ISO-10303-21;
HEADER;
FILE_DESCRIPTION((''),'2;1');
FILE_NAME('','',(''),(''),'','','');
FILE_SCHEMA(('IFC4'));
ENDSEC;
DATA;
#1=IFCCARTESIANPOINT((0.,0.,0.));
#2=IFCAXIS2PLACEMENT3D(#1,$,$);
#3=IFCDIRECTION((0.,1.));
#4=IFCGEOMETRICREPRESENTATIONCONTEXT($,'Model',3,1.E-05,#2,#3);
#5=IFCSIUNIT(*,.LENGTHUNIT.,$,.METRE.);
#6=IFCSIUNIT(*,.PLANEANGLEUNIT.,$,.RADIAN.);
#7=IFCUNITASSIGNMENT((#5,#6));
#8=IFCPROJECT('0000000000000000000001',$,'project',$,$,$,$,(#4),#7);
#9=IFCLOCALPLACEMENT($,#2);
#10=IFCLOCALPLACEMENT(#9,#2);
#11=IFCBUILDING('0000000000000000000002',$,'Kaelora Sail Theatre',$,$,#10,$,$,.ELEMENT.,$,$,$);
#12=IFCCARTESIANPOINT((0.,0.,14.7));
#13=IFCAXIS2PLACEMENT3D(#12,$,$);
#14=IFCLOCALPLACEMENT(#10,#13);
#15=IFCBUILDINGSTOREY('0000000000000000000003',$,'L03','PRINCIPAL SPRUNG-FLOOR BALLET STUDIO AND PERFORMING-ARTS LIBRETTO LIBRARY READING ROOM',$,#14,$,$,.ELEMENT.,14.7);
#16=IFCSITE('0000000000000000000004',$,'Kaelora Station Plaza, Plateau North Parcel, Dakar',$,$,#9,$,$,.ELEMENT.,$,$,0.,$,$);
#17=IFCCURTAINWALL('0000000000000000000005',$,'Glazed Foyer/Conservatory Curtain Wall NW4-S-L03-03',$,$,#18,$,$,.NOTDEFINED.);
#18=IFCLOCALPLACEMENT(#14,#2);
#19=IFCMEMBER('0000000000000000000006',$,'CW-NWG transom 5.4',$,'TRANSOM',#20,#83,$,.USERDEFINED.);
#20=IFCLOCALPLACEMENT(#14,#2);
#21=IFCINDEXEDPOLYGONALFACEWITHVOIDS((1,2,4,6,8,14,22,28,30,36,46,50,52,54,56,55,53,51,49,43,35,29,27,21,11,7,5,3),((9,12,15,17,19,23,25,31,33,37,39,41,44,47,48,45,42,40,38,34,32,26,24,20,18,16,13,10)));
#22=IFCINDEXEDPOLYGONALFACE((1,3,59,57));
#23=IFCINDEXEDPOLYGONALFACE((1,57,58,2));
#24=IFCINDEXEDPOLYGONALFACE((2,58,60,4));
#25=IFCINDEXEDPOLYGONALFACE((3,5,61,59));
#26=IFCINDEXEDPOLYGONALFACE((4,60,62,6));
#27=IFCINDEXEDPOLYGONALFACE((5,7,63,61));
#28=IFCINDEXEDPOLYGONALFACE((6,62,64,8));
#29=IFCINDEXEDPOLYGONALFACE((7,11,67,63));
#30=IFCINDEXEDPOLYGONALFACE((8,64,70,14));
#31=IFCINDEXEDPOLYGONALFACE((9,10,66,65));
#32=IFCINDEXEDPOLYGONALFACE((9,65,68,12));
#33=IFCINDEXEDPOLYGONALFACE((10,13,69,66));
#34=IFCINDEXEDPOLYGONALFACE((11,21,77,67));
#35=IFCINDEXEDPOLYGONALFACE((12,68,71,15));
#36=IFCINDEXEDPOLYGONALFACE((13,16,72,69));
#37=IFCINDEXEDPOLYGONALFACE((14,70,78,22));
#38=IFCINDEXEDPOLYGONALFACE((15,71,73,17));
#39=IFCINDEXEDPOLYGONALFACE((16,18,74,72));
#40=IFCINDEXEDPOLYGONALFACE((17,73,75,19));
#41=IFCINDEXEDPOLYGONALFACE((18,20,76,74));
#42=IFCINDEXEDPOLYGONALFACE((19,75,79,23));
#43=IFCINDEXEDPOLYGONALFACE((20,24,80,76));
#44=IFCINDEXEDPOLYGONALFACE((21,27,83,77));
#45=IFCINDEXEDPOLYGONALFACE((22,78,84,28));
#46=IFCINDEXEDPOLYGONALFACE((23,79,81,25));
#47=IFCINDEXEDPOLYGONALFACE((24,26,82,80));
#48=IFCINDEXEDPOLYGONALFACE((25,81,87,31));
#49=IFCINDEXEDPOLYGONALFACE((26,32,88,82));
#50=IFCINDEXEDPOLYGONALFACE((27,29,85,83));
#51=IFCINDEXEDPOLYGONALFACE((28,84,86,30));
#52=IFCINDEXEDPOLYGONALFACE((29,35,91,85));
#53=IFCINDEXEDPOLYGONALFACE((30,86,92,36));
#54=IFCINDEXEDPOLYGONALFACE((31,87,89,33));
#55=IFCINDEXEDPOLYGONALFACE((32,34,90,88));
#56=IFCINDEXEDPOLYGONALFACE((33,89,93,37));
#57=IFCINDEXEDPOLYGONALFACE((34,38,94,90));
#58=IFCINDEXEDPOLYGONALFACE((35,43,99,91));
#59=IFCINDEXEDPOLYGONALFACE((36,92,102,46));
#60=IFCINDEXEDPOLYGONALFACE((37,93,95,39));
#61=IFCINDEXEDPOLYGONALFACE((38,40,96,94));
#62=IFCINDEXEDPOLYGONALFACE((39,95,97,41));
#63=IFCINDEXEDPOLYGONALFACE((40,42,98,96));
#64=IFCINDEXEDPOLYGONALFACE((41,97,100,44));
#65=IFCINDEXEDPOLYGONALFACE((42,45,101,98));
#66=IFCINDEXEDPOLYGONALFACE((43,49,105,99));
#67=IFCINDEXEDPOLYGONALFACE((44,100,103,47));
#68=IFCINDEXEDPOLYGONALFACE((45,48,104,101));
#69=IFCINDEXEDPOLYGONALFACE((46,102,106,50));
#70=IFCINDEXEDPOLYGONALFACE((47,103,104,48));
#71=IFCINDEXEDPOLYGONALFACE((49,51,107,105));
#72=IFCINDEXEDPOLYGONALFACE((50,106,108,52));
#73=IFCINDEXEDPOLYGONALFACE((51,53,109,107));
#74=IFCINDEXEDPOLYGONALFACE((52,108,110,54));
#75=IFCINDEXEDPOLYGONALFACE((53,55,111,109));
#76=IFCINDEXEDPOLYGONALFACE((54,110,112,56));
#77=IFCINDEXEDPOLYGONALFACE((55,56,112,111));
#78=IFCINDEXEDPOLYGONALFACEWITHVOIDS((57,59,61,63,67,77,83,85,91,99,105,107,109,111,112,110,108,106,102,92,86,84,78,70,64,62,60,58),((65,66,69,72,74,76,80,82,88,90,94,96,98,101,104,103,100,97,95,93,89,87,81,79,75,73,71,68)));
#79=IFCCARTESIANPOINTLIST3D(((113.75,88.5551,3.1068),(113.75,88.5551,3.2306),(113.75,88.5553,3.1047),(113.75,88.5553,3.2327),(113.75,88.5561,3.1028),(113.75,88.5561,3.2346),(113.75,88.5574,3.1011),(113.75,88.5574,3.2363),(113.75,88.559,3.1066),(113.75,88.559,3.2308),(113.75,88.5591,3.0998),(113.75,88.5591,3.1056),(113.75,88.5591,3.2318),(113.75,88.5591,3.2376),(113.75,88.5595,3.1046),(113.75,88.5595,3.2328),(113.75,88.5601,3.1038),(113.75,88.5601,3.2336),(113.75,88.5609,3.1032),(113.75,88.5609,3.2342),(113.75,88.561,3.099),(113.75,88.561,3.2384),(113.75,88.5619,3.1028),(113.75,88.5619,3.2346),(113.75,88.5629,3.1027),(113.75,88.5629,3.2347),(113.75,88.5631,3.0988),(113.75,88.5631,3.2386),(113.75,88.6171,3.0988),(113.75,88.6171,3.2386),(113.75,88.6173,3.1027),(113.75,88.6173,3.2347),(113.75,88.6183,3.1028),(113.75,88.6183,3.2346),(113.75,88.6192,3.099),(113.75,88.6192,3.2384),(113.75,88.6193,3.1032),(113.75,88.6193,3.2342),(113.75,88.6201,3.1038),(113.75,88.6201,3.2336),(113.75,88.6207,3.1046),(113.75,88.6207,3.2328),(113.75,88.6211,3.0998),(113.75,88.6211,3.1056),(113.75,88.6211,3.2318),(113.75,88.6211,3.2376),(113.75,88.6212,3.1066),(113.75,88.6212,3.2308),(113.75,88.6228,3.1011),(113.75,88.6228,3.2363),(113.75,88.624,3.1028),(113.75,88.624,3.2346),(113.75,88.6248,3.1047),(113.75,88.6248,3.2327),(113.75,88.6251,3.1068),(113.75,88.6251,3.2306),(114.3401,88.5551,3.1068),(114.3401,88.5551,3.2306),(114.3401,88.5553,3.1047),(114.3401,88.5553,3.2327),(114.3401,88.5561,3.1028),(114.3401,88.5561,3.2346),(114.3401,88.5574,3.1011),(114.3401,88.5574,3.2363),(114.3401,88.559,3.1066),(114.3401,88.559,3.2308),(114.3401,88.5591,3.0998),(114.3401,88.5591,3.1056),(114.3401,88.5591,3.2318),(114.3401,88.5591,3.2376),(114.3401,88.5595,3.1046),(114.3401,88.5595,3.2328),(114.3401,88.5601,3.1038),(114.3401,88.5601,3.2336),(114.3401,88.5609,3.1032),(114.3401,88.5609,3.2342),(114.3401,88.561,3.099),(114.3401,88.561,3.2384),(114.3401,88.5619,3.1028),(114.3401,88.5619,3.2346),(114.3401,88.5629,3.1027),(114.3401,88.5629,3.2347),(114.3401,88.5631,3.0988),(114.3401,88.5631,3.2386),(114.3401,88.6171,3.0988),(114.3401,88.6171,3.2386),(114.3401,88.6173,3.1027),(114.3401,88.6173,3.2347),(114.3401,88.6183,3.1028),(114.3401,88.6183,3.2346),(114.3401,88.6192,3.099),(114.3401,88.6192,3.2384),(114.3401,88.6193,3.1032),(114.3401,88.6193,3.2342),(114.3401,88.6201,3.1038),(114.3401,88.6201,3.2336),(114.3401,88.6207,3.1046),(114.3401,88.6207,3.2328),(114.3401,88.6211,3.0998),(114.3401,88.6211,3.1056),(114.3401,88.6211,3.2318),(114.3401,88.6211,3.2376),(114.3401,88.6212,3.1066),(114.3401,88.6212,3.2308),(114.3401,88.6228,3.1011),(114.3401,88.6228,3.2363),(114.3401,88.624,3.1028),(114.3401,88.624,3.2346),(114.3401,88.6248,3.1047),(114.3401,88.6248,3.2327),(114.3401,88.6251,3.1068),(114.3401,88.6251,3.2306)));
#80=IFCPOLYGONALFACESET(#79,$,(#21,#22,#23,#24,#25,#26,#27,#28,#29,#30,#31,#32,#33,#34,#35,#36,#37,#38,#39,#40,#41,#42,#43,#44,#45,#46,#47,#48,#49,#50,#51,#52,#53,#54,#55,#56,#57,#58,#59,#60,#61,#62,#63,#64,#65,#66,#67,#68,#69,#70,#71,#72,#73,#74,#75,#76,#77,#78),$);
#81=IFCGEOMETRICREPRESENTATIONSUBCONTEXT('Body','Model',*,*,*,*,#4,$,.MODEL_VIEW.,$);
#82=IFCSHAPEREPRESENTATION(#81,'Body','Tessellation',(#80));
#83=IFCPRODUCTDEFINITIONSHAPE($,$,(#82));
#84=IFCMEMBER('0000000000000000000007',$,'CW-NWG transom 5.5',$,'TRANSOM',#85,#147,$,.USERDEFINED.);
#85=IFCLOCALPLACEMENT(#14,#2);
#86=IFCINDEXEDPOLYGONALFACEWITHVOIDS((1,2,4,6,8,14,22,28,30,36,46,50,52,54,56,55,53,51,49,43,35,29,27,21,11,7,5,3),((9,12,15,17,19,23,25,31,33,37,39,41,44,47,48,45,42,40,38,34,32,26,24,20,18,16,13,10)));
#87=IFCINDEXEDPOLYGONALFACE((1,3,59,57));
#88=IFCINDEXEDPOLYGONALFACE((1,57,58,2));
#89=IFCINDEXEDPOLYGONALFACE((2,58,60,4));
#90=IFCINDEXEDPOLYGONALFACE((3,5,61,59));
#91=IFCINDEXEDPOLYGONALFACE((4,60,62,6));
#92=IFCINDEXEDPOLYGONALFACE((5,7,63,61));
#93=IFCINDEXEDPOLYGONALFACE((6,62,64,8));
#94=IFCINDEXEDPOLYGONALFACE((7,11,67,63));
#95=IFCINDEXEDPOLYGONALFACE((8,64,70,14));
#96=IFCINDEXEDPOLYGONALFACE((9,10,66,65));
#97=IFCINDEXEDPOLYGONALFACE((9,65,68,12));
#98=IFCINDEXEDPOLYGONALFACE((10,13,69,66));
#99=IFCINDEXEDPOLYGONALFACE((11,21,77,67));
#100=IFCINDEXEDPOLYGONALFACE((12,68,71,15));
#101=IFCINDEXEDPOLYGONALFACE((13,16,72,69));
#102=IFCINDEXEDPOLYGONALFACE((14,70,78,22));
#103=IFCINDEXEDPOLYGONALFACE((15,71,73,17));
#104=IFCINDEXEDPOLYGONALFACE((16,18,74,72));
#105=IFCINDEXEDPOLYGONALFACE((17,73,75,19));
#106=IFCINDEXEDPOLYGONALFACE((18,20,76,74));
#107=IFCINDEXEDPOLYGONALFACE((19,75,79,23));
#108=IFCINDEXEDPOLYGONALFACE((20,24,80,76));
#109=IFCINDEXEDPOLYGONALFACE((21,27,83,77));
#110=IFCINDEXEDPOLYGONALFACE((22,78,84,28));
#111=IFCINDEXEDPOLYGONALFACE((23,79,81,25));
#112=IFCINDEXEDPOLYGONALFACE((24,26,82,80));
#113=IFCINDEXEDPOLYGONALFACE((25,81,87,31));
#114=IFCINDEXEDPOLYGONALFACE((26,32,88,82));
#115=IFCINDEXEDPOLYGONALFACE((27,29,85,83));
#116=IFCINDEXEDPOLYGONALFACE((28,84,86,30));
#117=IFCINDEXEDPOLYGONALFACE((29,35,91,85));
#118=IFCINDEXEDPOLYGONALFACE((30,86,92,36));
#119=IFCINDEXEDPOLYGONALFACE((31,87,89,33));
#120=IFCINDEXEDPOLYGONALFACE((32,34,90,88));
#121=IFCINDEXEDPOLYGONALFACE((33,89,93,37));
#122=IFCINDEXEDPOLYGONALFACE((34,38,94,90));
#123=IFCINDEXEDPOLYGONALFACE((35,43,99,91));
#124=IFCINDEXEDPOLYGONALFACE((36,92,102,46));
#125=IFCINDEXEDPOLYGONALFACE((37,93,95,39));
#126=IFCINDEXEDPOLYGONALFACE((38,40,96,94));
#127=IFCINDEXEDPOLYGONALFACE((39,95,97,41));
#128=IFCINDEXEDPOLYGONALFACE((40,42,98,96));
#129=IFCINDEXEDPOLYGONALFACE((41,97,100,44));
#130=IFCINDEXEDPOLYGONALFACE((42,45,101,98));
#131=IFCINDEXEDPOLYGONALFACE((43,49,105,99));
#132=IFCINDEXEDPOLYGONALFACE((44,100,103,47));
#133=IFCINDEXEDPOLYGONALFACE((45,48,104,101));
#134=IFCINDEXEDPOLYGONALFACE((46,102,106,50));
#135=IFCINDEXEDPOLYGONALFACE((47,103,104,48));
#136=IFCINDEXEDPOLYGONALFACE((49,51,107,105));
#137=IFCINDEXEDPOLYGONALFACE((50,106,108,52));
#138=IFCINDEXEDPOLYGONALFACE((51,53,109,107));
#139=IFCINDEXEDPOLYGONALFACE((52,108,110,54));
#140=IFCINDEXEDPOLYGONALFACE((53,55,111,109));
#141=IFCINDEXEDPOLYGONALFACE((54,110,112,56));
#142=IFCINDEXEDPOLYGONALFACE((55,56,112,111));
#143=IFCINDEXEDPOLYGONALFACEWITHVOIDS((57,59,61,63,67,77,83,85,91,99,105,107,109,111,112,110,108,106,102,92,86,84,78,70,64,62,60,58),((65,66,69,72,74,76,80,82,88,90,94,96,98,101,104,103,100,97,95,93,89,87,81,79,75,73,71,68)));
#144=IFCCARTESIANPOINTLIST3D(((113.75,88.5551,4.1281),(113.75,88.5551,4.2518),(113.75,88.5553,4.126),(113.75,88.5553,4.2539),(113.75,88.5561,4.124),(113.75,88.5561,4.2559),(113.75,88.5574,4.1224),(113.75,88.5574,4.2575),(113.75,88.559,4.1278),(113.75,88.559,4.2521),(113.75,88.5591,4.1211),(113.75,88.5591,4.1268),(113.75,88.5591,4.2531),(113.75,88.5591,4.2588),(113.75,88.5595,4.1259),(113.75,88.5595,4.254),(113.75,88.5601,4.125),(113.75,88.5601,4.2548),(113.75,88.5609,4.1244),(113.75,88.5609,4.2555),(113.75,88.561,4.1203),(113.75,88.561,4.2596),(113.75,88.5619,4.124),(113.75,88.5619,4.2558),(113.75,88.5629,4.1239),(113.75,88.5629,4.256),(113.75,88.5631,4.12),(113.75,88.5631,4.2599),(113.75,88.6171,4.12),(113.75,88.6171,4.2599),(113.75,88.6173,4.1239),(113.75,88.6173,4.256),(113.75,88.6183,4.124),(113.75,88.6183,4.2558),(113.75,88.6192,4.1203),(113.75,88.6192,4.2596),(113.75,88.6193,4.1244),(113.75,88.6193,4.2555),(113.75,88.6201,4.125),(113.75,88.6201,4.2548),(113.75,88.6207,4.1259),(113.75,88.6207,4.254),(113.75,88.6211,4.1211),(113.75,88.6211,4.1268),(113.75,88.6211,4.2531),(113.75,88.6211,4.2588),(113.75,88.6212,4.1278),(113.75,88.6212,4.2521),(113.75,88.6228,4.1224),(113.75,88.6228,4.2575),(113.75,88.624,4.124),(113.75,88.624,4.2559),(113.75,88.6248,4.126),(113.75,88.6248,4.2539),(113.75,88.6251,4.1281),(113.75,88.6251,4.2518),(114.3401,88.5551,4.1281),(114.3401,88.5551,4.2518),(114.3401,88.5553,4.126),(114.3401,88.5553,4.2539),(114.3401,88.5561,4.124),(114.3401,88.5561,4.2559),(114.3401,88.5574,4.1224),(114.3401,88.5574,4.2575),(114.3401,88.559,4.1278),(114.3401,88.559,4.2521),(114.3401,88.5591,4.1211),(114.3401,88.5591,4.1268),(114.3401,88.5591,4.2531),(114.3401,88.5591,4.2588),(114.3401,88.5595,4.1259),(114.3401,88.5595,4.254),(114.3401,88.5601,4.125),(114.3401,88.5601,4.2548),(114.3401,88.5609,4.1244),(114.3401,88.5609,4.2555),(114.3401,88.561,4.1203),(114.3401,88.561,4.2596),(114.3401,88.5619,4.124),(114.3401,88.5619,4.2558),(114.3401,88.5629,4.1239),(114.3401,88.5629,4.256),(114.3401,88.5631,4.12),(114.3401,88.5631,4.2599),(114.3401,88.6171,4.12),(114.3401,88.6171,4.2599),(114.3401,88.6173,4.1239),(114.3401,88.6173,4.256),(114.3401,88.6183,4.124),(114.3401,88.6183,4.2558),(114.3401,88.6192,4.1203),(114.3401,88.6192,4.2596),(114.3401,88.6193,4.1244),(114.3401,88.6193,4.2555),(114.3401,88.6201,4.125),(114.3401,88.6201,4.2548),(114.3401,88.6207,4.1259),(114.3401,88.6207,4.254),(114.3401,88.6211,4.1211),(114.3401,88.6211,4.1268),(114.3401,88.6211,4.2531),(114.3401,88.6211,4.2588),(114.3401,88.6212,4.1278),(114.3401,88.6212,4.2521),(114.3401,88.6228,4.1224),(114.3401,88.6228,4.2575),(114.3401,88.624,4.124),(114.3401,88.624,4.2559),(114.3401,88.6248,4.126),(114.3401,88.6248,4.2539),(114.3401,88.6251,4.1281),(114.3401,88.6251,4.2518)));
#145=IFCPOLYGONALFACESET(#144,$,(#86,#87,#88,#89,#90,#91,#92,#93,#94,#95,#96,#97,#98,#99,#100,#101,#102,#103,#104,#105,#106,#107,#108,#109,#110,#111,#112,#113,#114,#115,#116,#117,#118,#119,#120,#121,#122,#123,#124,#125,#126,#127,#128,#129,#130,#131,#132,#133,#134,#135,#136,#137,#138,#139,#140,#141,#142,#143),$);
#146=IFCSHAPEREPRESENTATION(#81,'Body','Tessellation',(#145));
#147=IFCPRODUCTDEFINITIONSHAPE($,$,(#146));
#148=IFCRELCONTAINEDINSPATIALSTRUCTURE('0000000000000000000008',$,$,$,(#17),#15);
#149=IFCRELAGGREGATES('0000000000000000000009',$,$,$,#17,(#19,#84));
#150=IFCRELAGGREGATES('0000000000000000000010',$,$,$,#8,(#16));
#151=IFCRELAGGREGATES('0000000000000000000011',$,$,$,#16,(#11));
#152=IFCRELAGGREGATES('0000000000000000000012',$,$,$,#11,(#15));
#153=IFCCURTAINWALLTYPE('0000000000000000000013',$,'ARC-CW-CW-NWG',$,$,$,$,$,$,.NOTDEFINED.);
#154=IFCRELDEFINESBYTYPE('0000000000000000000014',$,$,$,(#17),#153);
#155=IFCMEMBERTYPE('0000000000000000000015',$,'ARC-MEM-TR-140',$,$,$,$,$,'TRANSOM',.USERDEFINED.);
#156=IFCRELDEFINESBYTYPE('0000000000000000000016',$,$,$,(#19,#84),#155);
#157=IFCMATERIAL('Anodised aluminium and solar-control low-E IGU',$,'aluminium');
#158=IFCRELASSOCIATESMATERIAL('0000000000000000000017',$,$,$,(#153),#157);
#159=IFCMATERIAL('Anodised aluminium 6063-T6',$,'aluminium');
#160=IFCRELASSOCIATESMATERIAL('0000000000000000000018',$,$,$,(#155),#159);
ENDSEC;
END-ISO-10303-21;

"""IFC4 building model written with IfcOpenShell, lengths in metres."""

from ifc_helpers import new_model, si_unit, direction, frame, origin, origin_2d, place, context, subcontext, project, spatial, hollow_rectangle, extrude, material, material_profile, profile_set, type_object, element, aggregate, save


model = new_model("IFC4")

# Units and contexts
model_context = context("Model", 3, precision=1e-05, world=origin(), true_north=direction((0.0, 1.0)))
body_context = subcontext(model_context, "Body", "Model", "MODEL_VIEW")
ifc_project = project(units=[si_unit("LENGTHUNIT", "METRE"), si_unit("PLANEANGLEUNIT", "RADIAN")], contexts=[model_context])

# Site, building, storey
site_placement = place(None, origin())
site = spatial("IfcSite", under=ifc_project, at=site_placement, Name="Kaelora Station Plaza, Plateau North Parcel, Dakar", CompositionType="ELEMENT", RefElevation=0.0)
building_placement = place(site_placement, origin())
building = spatial("IfcBuilding", under=site, at=building_placement, Name="Kaelora Sail Theatre", CompositionType="ELEMENT")
storey_placement = place(building_placement, frame((0.0, 0.0, 14.7)))
storey = spatial("IfcBuildingStorey", under=building, at=storey_placement, Name="L03", Description="PRINCIPAL SPRUNG-FLOOR BALLET STUDIO AND PERFORMING-ARTS LIBRETTO LIBRARY READING ROOM", CompositionType="ELEMENT", Elevation=14.7)

# Curtain wall
ifc_material_1 = material(Name="Anodised aluminium and solar-control low-E IGU", Category="aluminium")
curtain_wall_type = type_object("IfcCurtainWallType", Name="ARC-CW-CW-NWG", PredefinedType="NOTDEFINED", material=ifc_material_1)
curtain_wall_1_placement = place(storey_placement, origin())
curtain_wall_1 = element("IfcCurtainWall", 1, at=curtain_wall_1_placement, inside=storey, type_object=curtain_wall_type, Name="Glazed Foyer/Conservatory Curtain Wall NW4-S-L03-03", PredefinedType="NOTDEFINED")

# Members
ifc_material_2 = material(Name="Anodised aluminium 6063-T6", Category="aluminium")
ifc_material_profile_1 = material_profile(ifc_material_2, hollow_rectangle(XDim=0.0701, YDim=0.1399, WallThickness=0.0039, InnerFilletRadius=0.0039, OuterFilletRadius=0.0081, at=origin_2d()), Name="ALU-TRAN 70x140x4")
ifc_profile_set_1 = profile_set([ifc_material_profile_1], Name="Anodised aluminium 6063-T6")
member_type_1 = type_object("IfcMemberType", Name="ARC-MEM-TR-140", ElementType="TRANSOM", PredefinedType="USERDEFINED", material=ifc_profile_set_1)
member_1_placement = place(storey_placement, frame((113.75, 88.5901, 3.1687), z_axis=(1.0, 0.0, 0.0), x_axis=(0.0, 1.0, 0.0)))
member_1 = element("IfcMember", 2, at=member_1_placement, type_object=member_type_1, Name="CW-NWG transom 5.4", ObjectType="TRANSOM", PredefinedType="USERDEFINED", context=body_context, shape_type="SweptSolid", body=[
    extrude(hollow_rectangle(XDim=0.0701, YDim=0.1399, WallThickness=0.0039, InnerFilletRadius=0.0039, OuterFilletRadius=0.0081, at=origin_2d()), origin(), (0.0, 0.0, 1.0), 0.5901),
])
member_2_placement = place(storey_placement, frame((113.75, 88.5901, 4.1899), z_axis=(1.0, 0.0, 0.0), x_axis=(0.0, 1.0, 0.0)))
member_2 = element("IfcMember", 3, at=member_2_placement, type_object=member_type_1, Name="CW-NWG transom 5.5", ObjectType="TRANSOM", PredefinedType="USERDEFINED", context=body_context, shape_type="SweptSolid", body=[
    extrude(hollow_rectangle(XDim=0.0701, YDim=0.1399, WallThickness=0.0039, InnerFilletRadius=0.0039, OuterFilletRadius=0.0081, at=origin_2d()), origin(), (0.0, 0.0, 1.0), 0.5901),
])

aggregate(curtain_wall_1, [member_1, member_2])

save(model, "model.ifc")
